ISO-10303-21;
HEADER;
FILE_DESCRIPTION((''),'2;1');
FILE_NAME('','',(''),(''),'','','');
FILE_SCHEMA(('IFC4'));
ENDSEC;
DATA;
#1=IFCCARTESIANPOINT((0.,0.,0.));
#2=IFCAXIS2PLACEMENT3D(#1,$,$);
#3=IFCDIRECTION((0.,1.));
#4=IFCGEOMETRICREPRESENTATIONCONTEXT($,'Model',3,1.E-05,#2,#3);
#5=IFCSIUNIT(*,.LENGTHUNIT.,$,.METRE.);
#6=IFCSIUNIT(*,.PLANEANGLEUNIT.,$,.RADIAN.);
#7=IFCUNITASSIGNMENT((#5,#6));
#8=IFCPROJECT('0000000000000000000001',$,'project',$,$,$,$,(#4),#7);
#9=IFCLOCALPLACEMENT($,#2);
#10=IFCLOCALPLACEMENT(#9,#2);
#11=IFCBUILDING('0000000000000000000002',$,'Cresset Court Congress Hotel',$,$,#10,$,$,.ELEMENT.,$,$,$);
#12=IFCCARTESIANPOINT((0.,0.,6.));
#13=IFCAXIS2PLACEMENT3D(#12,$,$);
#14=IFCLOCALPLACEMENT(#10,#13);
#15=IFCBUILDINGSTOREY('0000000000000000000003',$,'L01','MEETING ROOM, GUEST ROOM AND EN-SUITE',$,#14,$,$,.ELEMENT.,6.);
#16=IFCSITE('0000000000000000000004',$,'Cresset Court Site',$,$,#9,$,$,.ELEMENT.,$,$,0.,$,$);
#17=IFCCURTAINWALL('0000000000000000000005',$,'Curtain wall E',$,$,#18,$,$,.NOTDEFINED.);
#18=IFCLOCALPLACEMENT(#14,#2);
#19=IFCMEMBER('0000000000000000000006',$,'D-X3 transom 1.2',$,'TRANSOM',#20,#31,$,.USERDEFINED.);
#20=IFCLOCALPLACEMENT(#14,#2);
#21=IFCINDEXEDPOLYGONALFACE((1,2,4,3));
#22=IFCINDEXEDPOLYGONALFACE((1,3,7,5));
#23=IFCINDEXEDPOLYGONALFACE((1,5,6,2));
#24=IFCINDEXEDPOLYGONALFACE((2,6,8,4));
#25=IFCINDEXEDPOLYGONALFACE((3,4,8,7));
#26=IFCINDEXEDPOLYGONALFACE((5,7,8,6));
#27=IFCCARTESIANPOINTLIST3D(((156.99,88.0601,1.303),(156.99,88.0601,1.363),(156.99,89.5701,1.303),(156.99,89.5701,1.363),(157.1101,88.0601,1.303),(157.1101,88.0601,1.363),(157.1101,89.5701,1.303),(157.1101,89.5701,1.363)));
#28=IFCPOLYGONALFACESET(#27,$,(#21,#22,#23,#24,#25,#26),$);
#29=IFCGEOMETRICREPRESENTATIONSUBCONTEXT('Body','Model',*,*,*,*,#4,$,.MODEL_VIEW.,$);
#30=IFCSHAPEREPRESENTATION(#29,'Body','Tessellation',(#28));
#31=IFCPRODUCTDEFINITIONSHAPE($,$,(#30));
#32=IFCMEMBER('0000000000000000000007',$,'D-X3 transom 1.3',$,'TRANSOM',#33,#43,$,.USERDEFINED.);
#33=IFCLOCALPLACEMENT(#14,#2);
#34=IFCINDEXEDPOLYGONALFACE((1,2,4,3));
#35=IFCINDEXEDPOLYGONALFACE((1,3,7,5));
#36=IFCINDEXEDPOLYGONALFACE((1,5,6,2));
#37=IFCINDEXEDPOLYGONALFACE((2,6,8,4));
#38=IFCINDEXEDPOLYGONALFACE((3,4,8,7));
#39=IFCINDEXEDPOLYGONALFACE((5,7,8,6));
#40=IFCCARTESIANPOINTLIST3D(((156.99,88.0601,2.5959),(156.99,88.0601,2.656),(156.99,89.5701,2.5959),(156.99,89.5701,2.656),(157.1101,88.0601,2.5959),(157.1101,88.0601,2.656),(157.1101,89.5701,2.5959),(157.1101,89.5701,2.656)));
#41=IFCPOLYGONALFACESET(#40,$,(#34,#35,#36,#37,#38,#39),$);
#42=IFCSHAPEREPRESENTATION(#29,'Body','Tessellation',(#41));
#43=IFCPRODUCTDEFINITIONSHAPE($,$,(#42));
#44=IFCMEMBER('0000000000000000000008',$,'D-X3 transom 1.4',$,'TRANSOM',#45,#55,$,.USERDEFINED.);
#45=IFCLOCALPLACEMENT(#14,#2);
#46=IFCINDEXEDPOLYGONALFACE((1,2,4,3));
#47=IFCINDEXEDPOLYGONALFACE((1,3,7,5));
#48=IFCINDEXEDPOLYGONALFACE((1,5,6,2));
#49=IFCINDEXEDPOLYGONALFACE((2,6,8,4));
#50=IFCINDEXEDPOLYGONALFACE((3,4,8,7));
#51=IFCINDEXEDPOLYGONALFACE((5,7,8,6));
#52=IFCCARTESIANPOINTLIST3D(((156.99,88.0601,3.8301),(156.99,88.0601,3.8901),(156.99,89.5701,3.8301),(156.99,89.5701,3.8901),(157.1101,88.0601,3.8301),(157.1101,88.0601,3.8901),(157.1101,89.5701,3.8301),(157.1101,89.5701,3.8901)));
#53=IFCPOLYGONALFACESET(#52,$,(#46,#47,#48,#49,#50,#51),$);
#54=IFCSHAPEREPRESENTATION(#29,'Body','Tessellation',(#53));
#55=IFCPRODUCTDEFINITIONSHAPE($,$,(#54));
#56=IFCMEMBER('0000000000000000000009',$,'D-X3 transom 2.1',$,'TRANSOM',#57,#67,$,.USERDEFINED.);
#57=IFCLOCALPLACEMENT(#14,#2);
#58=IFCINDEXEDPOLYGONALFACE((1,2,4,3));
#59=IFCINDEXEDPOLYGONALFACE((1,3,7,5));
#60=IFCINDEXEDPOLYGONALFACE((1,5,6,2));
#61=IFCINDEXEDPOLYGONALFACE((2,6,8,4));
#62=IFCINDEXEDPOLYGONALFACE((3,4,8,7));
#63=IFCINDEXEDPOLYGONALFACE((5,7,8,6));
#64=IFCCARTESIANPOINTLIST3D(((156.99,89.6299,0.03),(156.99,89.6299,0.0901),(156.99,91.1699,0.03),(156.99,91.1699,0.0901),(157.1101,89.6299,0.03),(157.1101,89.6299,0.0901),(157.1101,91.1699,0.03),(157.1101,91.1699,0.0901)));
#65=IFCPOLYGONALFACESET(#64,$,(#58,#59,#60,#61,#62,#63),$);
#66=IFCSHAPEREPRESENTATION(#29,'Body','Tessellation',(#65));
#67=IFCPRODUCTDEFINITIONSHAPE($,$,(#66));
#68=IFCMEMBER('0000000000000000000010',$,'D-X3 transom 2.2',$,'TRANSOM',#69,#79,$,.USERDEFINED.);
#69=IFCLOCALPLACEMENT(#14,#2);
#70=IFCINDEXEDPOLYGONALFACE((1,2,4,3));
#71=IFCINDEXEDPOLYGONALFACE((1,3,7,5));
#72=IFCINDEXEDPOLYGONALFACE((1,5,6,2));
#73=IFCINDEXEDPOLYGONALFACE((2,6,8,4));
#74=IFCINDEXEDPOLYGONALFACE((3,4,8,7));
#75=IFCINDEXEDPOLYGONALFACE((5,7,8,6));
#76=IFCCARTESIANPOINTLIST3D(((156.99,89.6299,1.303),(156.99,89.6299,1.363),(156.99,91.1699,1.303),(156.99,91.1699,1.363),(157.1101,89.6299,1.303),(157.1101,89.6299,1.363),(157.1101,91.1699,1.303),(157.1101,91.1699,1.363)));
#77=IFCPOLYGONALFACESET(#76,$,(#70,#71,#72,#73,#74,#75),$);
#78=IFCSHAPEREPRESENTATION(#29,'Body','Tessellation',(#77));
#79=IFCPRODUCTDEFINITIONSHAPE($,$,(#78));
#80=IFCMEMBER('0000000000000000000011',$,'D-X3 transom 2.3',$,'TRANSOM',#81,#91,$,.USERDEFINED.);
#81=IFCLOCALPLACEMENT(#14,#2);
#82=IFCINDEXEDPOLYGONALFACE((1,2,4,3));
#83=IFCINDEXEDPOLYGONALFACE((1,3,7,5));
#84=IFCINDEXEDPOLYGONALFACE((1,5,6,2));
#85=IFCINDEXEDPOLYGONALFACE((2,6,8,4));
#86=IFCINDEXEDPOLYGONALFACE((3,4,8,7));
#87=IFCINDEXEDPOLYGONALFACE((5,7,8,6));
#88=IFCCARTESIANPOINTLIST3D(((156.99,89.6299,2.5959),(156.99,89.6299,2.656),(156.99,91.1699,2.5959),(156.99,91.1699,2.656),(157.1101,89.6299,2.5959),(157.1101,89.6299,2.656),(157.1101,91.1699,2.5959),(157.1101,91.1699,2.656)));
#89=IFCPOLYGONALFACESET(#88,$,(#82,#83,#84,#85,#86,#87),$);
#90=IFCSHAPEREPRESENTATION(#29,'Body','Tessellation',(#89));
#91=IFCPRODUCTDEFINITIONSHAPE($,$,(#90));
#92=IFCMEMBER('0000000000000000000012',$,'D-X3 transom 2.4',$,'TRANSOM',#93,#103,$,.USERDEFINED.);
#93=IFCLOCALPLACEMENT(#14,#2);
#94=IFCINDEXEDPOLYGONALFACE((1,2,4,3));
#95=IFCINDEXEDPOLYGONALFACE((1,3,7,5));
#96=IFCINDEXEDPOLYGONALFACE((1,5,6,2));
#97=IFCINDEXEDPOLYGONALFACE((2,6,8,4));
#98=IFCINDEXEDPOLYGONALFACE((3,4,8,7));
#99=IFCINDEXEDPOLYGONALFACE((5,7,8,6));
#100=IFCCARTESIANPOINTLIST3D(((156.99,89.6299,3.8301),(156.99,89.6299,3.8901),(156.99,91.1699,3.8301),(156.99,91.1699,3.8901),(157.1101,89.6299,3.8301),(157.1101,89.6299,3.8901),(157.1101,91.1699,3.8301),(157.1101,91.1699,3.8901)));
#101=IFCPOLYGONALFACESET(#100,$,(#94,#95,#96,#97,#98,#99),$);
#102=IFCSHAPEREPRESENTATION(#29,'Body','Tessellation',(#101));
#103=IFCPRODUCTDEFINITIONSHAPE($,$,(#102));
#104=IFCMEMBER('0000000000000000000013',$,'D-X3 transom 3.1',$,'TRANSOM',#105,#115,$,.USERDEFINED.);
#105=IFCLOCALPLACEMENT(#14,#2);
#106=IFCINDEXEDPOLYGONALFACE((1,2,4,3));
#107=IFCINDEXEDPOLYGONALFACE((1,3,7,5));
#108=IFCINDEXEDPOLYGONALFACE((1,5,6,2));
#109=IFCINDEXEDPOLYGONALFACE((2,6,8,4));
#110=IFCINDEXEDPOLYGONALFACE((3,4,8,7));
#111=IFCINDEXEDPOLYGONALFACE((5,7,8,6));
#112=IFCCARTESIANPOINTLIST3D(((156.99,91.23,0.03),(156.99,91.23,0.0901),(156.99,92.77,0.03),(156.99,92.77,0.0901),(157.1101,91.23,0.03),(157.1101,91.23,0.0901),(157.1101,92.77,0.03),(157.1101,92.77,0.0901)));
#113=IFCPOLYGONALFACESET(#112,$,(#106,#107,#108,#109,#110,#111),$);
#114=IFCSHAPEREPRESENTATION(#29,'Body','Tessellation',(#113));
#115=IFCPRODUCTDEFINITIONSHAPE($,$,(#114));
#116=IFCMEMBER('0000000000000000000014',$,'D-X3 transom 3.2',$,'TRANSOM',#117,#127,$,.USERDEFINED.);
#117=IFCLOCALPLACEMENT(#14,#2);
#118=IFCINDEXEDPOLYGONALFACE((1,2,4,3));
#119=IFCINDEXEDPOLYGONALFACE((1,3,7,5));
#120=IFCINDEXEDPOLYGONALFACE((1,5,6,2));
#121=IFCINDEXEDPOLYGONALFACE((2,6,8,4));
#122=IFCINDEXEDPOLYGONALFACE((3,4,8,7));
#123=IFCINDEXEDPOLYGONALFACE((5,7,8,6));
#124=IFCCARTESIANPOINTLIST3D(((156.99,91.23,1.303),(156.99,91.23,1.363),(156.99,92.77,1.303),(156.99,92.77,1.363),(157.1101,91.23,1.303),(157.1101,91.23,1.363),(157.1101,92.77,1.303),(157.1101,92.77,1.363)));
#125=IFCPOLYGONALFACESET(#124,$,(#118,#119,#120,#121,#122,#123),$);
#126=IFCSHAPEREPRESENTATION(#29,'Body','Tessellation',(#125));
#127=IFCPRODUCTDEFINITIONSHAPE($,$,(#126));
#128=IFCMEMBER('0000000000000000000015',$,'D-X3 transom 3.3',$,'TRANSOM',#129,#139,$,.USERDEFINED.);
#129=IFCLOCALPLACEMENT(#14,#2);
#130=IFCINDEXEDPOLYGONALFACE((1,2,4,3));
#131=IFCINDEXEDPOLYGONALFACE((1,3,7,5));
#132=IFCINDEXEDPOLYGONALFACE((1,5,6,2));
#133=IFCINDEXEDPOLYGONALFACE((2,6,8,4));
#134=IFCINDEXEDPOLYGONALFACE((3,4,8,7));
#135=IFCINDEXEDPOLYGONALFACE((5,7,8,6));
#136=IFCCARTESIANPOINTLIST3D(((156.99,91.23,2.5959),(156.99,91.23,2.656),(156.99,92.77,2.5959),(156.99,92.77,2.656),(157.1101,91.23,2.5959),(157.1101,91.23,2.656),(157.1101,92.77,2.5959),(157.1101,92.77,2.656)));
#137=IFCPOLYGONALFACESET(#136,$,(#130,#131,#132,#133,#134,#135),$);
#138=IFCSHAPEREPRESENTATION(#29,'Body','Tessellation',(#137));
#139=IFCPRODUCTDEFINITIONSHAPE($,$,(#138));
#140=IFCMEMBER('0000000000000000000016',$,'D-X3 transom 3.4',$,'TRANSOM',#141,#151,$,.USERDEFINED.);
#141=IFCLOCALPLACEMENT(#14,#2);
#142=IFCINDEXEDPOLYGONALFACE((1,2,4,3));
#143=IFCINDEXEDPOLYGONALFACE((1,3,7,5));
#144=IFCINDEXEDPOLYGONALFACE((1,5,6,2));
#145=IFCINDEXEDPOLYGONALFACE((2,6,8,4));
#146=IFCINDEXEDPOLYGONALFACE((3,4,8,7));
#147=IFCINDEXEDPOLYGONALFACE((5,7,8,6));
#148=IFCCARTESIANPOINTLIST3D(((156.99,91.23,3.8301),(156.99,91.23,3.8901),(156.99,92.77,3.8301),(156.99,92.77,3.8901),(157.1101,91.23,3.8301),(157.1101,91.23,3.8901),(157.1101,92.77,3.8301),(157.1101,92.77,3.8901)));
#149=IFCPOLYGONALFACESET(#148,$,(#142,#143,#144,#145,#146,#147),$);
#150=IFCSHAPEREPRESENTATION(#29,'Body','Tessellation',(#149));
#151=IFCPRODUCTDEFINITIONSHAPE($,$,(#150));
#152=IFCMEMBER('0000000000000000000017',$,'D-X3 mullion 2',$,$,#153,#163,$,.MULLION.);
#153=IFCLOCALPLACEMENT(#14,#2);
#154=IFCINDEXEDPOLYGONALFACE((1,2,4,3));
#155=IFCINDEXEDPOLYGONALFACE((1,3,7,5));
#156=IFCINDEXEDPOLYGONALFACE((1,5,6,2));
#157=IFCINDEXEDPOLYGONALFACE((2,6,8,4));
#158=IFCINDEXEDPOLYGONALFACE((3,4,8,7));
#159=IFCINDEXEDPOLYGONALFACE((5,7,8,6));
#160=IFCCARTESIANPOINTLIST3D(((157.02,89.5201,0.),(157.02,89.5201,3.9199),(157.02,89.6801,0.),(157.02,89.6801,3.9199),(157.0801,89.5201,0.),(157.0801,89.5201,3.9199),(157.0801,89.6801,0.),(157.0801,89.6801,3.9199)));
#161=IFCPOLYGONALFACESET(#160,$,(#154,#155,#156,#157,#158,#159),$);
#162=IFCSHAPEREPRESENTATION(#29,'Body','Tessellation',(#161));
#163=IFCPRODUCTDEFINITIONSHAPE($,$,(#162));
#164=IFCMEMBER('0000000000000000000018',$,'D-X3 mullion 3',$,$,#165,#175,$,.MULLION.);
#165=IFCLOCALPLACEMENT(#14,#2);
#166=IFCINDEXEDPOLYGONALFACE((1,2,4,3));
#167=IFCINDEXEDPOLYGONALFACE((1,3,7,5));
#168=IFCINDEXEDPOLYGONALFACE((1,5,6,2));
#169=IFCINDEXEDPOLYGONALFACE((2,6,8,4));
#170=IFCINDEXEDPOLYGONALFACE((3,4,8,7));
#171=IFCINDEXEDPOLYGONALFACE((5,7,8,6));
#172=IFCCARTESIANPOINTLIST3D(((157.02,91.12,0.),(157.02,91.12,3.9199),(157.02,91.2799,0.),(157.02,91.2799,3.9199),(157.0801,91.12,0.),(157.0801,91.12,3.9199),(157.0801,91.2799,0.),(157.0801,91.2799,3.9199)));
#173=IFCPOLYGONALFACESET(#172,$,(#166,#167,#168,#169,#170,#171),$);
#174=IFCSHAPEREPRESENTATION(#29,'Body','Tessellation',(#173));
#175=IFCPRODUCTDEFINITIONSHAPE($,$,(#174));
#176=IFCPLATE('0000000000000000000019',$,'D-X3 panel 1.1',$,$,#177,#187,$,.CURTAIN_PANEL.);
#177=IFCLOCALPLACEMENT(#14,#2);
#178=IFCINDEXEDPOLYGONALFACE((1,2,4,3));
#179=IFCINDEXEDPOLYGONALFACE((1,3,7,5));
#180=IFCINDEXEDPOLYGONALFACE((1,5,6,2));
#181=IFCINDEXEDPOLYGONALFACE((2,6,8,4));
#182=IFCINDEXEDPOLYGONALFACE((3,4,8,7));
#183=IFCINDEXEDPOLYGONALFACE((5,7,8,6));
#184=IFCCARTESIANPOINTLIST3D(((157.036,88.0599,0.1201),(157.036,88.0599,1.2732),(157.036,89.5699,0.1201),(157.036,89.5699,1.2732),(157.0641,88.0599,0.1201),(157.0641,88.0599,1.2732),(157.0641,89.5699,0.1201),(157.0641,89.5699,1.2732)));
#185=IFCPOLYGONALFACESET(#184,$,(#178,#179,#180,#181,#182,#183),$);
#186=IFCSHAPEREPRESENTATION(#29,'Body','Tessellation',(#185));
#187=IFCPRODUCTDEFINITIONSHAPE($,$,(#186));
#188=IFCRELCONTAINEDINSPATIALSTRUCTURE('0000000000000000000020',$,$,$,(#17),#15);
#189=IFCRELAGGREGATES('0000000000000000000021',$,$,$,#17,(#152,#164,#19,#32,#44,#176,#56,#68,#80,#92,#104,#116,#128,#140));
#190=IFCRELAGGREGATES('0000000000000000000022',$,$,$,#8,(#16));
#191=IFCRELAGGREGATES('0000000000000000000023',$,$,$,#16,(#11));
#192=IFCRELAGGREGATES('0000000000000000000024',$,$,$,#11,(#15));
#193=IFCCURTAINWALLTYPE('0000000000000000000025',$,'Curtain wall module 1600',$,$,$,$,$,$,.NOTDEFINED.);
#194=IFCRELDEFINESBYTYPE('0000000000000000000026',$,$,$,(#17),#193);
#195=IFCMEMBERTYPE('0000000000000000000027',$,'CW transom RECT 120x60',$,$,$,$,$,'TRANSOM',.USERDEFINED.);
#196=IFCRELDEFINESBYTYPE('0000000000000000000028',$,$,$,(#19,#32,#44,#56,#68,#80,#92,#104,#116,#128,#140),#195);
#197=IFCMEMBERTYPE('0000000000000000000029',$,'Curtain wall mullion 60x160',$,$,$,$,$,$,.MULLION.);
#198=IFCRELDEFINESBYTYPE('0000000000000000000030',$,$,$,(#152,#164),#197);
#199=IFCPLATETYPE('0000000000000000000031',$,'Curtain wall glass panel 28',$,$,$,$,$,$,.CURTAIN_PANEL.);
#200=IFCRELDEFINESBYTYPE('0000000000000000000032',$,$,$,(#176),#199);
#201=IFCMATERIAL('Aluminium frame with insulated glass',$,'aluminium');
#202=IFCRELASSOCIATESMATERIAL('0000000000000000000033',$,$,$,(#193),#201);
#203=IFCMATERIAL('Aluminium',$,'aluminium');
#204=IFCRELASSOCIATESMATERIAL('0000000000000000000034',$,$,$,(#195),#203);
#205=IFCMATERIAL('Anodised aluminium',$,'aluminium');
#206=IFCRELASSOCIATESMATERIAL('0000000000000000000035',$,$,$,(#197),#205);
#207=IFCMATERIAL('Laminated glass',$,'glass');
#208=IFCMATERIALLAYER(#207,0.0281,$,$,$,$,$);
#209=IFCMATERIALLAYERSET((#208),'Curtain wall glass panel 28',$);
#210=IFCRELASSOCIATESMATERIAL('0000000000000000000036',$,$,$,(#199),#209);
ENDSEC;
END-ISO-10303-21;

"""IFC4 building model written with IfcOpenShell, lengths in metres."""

from ifc_helpers import new_model, si_unit, direction, frame, origin, origin_2d, place, context, subcontext, project, spatial, rectangle, extrude, material, layer, layer_set, material_profile, profile_set, type_object, element, aggregate, save


model = new_model("IFC4")

# Units and contexts
model_context = context("Model", 3, precision=1e-05, world=origin(), true_north=direction((0.0, 1.0)))
body_context = subcontext(model_context, "Body", "Model", "MODEL_VIEW")
ifc_project = project(units=[si_unit("LENGTHUNIT", "METRE"), si_unit("PLANEANGLEUNIT", "RADIAN")], contexts=[model_context])

# Site, building, storey
site_placement = place(None, origin())
site = spatial("IfcSite", under=ifc_project, at=site_placement, Name="Cresset Court Site", CompositionType="ELEMENT", RefElevation=0.0)
building_placement = place(site_placement, origin())
building = spatial("IfcBuilding", under=site, at=building_placement, Name="Cresset Court Congress Hotel", CompositionType="ELEMENT")
storey_placement = place(building_placement, frame((0.0, 0.0, 6.0)))
storey = spatial("IfcBuildingStorey", under=building, at=storey_placement, Name="L01", Description="MEETING ROOM, GUEST ROOM AND EN-SUITE", CompositionType="ELEMENT", Elevation=6.0)

# Curtain wall, members, plate
ifc_material_1 = material(Name="Aluminium frame with insulated glass", Category="aluminium")
curtain_wall_type = type_object("IfcCurtainWallType", Name="Curtain wall module 1600", PredefinedType="NOTDEFINED", material=ifc_material_1)
curtain_wall_placement = place(storey_placement, origin())
curtain_wall = element("IfcCurtainWall", 1, at=curtain_wall_placement, inside=storey, type_object=curtain_wall_type, Name="Curtain wall E", PredefinedType="NOTDEFINED")
ifc_material_2 = material(Name="Aluminium", Category="aluminium")
ifc_material_profile_1 = material_profile(ifc_material_2, rectangle(XDim=0.1201, YDim=0.0601, at=origin_2d()), Name="AL 120x60")
ifc_profile_set_1 = profile_set([ifc_material_profile_1], Name="Aluminium")
member_type_1 = type_object("IfcMemberType", Name="CW transom RECT 120x60", ElementType="TRANSOM", PredefinedType="USERDEFINED", material=ifc_profile_set_1)
member_1_placement = place(storey_placement, frame((157.05, 88.0601, 1.333), z_axis=(0.0, 1.0, 0.0), x_axis=(-1.0, 0.0, 0.0)))
member_1 = element("IfcMember", 2, at=member_1_placement, type_object=member_type_1, Name="D-X3 transom 1.2", ObjectType="TRANSOM", PredefinedType="USERDEFINED", context=body_context, shape_type="SweptSolid", body=[
    extrude(rectangle(XDim=0.1201, YDim=0.0601, at=origin_2d()), origin(), (0.0, 0.0, 1.0), 1.51),
])
member_2_placement = place(storey_placement, frame((157.05, 88.0601, 2.626), z_axis=(0.0, 1.0, 0.0), x_axis=(-1.0, 0.0, 0.0)))
member_2 = element("IfcMember", 3, at=member_2_placement, type_object=member_type_1, Name="D-X3 transom 1.3", ObjectType="TRANSOM", PredefinedType="USERDEFINED", context=body_context, shape_type="SweptSolid", body=[
    extrude(rectangle(XDim=0.1201, YDim=0.0601, at=origin_2d()), origin(), (0.0, 0.0, 1.0), 1.51),
])
member_3_placement = place(storey_placement, frame((157.05, 88.0601, 3.8601), z_axis=(0.0, 1.0, 0.0), x_axis=(-1.0, 0.0, 0.0)))
member_3 = element("IfcMember", 4, at=member_3_placement, type_object=member_type_1, Name="D-X3 transom 1.4", ObjectType="TRANSOM", PredefinedType="USERDEFINED", context=body_context, shape_type="SweptSolid", body=[
    extrude(rectangle(XDim=0.1201, YDim=0.0601, at=origin_2d()), origin(), (0.0, 0.0, 1.0), 1.51),
])
member_4_placement = place(storey_placement, frame((157.05, 89.6299, 0.0601), z_axis=(0.0, 1.0, 0.0), x_axis=(-1.0, 0.0, 0.0)))
member_4 = element("IfcMember", 5, at=member_4_placement, type_object=member_type_1, Name="D-X3 transom 2.1", ObjectType="TRANSOM", PredefinedType="USERDEFINED", context=body_context, shape_type="SweptSolid", body=[
    extrude(rectangle(XDim=0.1201, YDim=0.0601, at=origin_2d()), origin(), (0.0, 0.0, 1.0), 1.54),
])
member_5_placement = place(storey_placement, frame((157.05, 89.6299, 1.333), z_axis=(0.0, 1.0, 0.0), x_axis=(-1.0, 0.0, 0.0)))
member_5 = element("IfcMember", 6, at=member_5_placement, type_object=member_type_1, Name="D-X3 transom 2.2", ObjectType="TRANSOM", PredefinedType="USERDEFINED", context=body_context, shape_type="SweptSolid", body=[
    extrude(rectangle(XDim=0.1201, YDim=0.0601, at=origin_2d()), origin(), (0.0, 0.0, 1.0), 1.54),
])
member_6_placement = place(storey_placement, frame((157.05, 89.6299, 2.626), z_axis=(0.0, 1.0, 0.0), x_axis=(-1.0, 0.0, 0.0)))
member_6 = element("IfcMember", 7, at=member_6_placement, type_object=member_type_1, Name="D-X3 transom 2.3", ObjectType="TRANSOM", PredefinedType="USERDEFINED", context=body_context, shape_type="SweptSolid", body=[
    extrude(rectangle(XDim=0.1201, YDim=0.0601, at=origin_2d()), origin(), (0.0, 0.0, 1.0), 1.54),
])
member_7_placement = place(storey_placement, frame((157.05, 89.6299, 3.8601), z_axis=(0.0, 1.0, 0.0), x_axis=(-1.0, 0.0, 0.0)))
member_7 = element("IfcMember", 8, at=member_7_placement, type_object=member_type_1, Name="D-X3 transom 2.4", ObjectType="TRANSOM", PredefinedType="USERDEFINED", context=body_context, shape_type="SweptSolid", body=[
    extrude(rectangle(XDim=0.1201, YDim=0.0601, at=origin_2d()), origin(), (0.0, 0.0, 1.0), 1.54),
])
member_8_placement = place(storey_placement, frame((157.05, 91.23, 0.0601), z_axis=(0.0, 1.0, 0.0), x_axis=(-1.0, 0.0, 0.0)))
member_8 = element("IfcMember", 9, at=member_8_placement, type_object=member_type_1, Name="D-X3 transom 3.1", ObjectType="TRANSOM", PredefinedType="USERDEFINED", context=body_context, shape_type="SweptSolid", body=[
    extrude(rectangle(XDim=0.1201, YDim=0.0601, at=origin_2d()), origin(), (0.0, 0.0, 1.0), 1.54),
])
member_9_placement = place(storey_placement, frame((157.05, 91.23, 1.333), z_axis=(0.0, 1.0, 0.0), x_axis=(-1.0, 0.0, 0.0)))
member_9 = element("IfcMember", 10, at=member_9_placement, type_object=member_type_1, Name="D-X3 transom 3.2", ObjectType="TRANSOM", PredefinedType="USERDEFINED", context=body_context, shape_type="SweptSolid", body=[
    extrude(rectangle(XDim=0.1201, YDim=0.0601, at=origin_2d()), origin(), (0.0, 0.0, 1.0), 1.54),
])
member_10_placement = place(storey_placement, frame((157.05, 91.23, 2.626), z_axis=(0.0, 1.0, 0.0), x_axis=(-1.0, 0.0, 0.0)))
member_10 = element("IfcMember", 11, at=member_10_placement, type_object=member_type_1, Name="D-X3 transom 3.3", ObjectType="TRANSOM", PredefinedType="USERDEFINED", context=body_context, shape_type="SweptSolid", body=[
    extrude(rectangle(XDim=0.1201, YDim=0.0601, at=origin_2d()), origin(), (0.0, 0.0, 1.0), 1.54),
])
member_11_placement = place(storey_placement, frame((157.05, 91.23, 3.8601), z_axis=(0.0, 1.0, 0.0), x_axis=(-1.0, 0.0, 0.0)))
member_11 = element("IfcMember", 12, at=member_11_placement, type_object=member_type_1, Name="D-X3 transom 3.4", ObjectType="TRANSOM", PredefinedType="USERDEFINED", context=body_context, shape_type="SweptSolid", body=[
    extrude(rectangle(XDim=0.1201, YDim=0.0601, at=origin_2d()), origin(), (0.0, 0.0, 1.0), 1.54),
])
ifc_material_3 = material(Name="Anodised aluminium", Category="aluminium")
ifc_material_profile_2 = material_profile(ifc_material_3, rectangle(XDim=0.0601, YDim=0.1599, at=origin_2d()), Name="AL60x160")
ifc_profile_set_2 = profile_set([ifc_material_profile_2], Name="Anodised aluminium")
member_type_2 = type_object("IfcMemberType", Name="Curtain wall mullion 60x160", PredefinedType="MULLION", material=ifc_profile_set_2)
member_12_placement = place(storey_placement, frame((157.05, 89.6001, 0.0), z_axis=(0.0, 0.0, 1.0), x_axis=(-1.0, 0.0, 0.0)))
member_12 = element("IfcMember", 13, at=member_12_placement, type_object=member_type_2, Name="D-X3 mullion 2", PredefinedType="MULLION", context=body_context, shape_type="SweptSolid", body=[
    extrude(rectangle(XDim=0.0601, YDim=0.1599, at=origin_2d()), origin(), (0.0, 0.0, 1.0), 3.9199),
])
member_13_placement = place(storey_placement, frame((157.05, 91.2, 0.0), z_axis=(0.0, 0.0, 1.0), x_axis=(-1.0, 0.0, 0.0)))
member_13 = element("IfcMember", 14, at=member_13_placement, type_object=member_type_2, Name="D-X3 mullion 3", PredefinedType="MULLION", context=body_context, shape_type="SweptSolid", body=[
    extrude(rectangle(XDim=0.0601, YDim=0.1599, at=origin_2d()), origin(), (0.0, 0.0, 1.0), 3.9199),
])
ifc_material_4 = material(Name="Laminated glass", Category="glass")
ifc_layer = layer(ifc_material_4, 0.0281)
ifc_layer_set = layer_set([ifc_layer], Name="Curtain wall glass panel 28")
plate_type = type_object("IfcPlateType", Name="Curtain wall glass panel 28", PredefinedType="CURTAIN_PANEL", material=ifc_layer_set)
plate_1_placement = place(storey_placement, frame((157.05, 88.8149, 0.1201), z_axis=(0.0, 0.0, 1.0), x_axis=(0.0, 1.0, 0.0)))
plate_1 = element("IfcPlate", 15, at=plate_1_placement, type_object=plate_type, Name="D-X3 panel 1.1", PredefinedType="CURTAIN_PANEL", context=body_context, shape_type="SweptSolid", body=[
    extrude(rectangle(XDim=1.51, YDim=0.0281, at=origin_2d()), origin(), (0.0, 0.0, 1.0), 1.1531),
])
aggregate(curtain_wall, [member_12, member_13, member_1, member_2, member_3, plate_1, member_4, member_5, member_6, member_7, member_8, member_9, member_10, member_11])

save(model, "model.ifc")
